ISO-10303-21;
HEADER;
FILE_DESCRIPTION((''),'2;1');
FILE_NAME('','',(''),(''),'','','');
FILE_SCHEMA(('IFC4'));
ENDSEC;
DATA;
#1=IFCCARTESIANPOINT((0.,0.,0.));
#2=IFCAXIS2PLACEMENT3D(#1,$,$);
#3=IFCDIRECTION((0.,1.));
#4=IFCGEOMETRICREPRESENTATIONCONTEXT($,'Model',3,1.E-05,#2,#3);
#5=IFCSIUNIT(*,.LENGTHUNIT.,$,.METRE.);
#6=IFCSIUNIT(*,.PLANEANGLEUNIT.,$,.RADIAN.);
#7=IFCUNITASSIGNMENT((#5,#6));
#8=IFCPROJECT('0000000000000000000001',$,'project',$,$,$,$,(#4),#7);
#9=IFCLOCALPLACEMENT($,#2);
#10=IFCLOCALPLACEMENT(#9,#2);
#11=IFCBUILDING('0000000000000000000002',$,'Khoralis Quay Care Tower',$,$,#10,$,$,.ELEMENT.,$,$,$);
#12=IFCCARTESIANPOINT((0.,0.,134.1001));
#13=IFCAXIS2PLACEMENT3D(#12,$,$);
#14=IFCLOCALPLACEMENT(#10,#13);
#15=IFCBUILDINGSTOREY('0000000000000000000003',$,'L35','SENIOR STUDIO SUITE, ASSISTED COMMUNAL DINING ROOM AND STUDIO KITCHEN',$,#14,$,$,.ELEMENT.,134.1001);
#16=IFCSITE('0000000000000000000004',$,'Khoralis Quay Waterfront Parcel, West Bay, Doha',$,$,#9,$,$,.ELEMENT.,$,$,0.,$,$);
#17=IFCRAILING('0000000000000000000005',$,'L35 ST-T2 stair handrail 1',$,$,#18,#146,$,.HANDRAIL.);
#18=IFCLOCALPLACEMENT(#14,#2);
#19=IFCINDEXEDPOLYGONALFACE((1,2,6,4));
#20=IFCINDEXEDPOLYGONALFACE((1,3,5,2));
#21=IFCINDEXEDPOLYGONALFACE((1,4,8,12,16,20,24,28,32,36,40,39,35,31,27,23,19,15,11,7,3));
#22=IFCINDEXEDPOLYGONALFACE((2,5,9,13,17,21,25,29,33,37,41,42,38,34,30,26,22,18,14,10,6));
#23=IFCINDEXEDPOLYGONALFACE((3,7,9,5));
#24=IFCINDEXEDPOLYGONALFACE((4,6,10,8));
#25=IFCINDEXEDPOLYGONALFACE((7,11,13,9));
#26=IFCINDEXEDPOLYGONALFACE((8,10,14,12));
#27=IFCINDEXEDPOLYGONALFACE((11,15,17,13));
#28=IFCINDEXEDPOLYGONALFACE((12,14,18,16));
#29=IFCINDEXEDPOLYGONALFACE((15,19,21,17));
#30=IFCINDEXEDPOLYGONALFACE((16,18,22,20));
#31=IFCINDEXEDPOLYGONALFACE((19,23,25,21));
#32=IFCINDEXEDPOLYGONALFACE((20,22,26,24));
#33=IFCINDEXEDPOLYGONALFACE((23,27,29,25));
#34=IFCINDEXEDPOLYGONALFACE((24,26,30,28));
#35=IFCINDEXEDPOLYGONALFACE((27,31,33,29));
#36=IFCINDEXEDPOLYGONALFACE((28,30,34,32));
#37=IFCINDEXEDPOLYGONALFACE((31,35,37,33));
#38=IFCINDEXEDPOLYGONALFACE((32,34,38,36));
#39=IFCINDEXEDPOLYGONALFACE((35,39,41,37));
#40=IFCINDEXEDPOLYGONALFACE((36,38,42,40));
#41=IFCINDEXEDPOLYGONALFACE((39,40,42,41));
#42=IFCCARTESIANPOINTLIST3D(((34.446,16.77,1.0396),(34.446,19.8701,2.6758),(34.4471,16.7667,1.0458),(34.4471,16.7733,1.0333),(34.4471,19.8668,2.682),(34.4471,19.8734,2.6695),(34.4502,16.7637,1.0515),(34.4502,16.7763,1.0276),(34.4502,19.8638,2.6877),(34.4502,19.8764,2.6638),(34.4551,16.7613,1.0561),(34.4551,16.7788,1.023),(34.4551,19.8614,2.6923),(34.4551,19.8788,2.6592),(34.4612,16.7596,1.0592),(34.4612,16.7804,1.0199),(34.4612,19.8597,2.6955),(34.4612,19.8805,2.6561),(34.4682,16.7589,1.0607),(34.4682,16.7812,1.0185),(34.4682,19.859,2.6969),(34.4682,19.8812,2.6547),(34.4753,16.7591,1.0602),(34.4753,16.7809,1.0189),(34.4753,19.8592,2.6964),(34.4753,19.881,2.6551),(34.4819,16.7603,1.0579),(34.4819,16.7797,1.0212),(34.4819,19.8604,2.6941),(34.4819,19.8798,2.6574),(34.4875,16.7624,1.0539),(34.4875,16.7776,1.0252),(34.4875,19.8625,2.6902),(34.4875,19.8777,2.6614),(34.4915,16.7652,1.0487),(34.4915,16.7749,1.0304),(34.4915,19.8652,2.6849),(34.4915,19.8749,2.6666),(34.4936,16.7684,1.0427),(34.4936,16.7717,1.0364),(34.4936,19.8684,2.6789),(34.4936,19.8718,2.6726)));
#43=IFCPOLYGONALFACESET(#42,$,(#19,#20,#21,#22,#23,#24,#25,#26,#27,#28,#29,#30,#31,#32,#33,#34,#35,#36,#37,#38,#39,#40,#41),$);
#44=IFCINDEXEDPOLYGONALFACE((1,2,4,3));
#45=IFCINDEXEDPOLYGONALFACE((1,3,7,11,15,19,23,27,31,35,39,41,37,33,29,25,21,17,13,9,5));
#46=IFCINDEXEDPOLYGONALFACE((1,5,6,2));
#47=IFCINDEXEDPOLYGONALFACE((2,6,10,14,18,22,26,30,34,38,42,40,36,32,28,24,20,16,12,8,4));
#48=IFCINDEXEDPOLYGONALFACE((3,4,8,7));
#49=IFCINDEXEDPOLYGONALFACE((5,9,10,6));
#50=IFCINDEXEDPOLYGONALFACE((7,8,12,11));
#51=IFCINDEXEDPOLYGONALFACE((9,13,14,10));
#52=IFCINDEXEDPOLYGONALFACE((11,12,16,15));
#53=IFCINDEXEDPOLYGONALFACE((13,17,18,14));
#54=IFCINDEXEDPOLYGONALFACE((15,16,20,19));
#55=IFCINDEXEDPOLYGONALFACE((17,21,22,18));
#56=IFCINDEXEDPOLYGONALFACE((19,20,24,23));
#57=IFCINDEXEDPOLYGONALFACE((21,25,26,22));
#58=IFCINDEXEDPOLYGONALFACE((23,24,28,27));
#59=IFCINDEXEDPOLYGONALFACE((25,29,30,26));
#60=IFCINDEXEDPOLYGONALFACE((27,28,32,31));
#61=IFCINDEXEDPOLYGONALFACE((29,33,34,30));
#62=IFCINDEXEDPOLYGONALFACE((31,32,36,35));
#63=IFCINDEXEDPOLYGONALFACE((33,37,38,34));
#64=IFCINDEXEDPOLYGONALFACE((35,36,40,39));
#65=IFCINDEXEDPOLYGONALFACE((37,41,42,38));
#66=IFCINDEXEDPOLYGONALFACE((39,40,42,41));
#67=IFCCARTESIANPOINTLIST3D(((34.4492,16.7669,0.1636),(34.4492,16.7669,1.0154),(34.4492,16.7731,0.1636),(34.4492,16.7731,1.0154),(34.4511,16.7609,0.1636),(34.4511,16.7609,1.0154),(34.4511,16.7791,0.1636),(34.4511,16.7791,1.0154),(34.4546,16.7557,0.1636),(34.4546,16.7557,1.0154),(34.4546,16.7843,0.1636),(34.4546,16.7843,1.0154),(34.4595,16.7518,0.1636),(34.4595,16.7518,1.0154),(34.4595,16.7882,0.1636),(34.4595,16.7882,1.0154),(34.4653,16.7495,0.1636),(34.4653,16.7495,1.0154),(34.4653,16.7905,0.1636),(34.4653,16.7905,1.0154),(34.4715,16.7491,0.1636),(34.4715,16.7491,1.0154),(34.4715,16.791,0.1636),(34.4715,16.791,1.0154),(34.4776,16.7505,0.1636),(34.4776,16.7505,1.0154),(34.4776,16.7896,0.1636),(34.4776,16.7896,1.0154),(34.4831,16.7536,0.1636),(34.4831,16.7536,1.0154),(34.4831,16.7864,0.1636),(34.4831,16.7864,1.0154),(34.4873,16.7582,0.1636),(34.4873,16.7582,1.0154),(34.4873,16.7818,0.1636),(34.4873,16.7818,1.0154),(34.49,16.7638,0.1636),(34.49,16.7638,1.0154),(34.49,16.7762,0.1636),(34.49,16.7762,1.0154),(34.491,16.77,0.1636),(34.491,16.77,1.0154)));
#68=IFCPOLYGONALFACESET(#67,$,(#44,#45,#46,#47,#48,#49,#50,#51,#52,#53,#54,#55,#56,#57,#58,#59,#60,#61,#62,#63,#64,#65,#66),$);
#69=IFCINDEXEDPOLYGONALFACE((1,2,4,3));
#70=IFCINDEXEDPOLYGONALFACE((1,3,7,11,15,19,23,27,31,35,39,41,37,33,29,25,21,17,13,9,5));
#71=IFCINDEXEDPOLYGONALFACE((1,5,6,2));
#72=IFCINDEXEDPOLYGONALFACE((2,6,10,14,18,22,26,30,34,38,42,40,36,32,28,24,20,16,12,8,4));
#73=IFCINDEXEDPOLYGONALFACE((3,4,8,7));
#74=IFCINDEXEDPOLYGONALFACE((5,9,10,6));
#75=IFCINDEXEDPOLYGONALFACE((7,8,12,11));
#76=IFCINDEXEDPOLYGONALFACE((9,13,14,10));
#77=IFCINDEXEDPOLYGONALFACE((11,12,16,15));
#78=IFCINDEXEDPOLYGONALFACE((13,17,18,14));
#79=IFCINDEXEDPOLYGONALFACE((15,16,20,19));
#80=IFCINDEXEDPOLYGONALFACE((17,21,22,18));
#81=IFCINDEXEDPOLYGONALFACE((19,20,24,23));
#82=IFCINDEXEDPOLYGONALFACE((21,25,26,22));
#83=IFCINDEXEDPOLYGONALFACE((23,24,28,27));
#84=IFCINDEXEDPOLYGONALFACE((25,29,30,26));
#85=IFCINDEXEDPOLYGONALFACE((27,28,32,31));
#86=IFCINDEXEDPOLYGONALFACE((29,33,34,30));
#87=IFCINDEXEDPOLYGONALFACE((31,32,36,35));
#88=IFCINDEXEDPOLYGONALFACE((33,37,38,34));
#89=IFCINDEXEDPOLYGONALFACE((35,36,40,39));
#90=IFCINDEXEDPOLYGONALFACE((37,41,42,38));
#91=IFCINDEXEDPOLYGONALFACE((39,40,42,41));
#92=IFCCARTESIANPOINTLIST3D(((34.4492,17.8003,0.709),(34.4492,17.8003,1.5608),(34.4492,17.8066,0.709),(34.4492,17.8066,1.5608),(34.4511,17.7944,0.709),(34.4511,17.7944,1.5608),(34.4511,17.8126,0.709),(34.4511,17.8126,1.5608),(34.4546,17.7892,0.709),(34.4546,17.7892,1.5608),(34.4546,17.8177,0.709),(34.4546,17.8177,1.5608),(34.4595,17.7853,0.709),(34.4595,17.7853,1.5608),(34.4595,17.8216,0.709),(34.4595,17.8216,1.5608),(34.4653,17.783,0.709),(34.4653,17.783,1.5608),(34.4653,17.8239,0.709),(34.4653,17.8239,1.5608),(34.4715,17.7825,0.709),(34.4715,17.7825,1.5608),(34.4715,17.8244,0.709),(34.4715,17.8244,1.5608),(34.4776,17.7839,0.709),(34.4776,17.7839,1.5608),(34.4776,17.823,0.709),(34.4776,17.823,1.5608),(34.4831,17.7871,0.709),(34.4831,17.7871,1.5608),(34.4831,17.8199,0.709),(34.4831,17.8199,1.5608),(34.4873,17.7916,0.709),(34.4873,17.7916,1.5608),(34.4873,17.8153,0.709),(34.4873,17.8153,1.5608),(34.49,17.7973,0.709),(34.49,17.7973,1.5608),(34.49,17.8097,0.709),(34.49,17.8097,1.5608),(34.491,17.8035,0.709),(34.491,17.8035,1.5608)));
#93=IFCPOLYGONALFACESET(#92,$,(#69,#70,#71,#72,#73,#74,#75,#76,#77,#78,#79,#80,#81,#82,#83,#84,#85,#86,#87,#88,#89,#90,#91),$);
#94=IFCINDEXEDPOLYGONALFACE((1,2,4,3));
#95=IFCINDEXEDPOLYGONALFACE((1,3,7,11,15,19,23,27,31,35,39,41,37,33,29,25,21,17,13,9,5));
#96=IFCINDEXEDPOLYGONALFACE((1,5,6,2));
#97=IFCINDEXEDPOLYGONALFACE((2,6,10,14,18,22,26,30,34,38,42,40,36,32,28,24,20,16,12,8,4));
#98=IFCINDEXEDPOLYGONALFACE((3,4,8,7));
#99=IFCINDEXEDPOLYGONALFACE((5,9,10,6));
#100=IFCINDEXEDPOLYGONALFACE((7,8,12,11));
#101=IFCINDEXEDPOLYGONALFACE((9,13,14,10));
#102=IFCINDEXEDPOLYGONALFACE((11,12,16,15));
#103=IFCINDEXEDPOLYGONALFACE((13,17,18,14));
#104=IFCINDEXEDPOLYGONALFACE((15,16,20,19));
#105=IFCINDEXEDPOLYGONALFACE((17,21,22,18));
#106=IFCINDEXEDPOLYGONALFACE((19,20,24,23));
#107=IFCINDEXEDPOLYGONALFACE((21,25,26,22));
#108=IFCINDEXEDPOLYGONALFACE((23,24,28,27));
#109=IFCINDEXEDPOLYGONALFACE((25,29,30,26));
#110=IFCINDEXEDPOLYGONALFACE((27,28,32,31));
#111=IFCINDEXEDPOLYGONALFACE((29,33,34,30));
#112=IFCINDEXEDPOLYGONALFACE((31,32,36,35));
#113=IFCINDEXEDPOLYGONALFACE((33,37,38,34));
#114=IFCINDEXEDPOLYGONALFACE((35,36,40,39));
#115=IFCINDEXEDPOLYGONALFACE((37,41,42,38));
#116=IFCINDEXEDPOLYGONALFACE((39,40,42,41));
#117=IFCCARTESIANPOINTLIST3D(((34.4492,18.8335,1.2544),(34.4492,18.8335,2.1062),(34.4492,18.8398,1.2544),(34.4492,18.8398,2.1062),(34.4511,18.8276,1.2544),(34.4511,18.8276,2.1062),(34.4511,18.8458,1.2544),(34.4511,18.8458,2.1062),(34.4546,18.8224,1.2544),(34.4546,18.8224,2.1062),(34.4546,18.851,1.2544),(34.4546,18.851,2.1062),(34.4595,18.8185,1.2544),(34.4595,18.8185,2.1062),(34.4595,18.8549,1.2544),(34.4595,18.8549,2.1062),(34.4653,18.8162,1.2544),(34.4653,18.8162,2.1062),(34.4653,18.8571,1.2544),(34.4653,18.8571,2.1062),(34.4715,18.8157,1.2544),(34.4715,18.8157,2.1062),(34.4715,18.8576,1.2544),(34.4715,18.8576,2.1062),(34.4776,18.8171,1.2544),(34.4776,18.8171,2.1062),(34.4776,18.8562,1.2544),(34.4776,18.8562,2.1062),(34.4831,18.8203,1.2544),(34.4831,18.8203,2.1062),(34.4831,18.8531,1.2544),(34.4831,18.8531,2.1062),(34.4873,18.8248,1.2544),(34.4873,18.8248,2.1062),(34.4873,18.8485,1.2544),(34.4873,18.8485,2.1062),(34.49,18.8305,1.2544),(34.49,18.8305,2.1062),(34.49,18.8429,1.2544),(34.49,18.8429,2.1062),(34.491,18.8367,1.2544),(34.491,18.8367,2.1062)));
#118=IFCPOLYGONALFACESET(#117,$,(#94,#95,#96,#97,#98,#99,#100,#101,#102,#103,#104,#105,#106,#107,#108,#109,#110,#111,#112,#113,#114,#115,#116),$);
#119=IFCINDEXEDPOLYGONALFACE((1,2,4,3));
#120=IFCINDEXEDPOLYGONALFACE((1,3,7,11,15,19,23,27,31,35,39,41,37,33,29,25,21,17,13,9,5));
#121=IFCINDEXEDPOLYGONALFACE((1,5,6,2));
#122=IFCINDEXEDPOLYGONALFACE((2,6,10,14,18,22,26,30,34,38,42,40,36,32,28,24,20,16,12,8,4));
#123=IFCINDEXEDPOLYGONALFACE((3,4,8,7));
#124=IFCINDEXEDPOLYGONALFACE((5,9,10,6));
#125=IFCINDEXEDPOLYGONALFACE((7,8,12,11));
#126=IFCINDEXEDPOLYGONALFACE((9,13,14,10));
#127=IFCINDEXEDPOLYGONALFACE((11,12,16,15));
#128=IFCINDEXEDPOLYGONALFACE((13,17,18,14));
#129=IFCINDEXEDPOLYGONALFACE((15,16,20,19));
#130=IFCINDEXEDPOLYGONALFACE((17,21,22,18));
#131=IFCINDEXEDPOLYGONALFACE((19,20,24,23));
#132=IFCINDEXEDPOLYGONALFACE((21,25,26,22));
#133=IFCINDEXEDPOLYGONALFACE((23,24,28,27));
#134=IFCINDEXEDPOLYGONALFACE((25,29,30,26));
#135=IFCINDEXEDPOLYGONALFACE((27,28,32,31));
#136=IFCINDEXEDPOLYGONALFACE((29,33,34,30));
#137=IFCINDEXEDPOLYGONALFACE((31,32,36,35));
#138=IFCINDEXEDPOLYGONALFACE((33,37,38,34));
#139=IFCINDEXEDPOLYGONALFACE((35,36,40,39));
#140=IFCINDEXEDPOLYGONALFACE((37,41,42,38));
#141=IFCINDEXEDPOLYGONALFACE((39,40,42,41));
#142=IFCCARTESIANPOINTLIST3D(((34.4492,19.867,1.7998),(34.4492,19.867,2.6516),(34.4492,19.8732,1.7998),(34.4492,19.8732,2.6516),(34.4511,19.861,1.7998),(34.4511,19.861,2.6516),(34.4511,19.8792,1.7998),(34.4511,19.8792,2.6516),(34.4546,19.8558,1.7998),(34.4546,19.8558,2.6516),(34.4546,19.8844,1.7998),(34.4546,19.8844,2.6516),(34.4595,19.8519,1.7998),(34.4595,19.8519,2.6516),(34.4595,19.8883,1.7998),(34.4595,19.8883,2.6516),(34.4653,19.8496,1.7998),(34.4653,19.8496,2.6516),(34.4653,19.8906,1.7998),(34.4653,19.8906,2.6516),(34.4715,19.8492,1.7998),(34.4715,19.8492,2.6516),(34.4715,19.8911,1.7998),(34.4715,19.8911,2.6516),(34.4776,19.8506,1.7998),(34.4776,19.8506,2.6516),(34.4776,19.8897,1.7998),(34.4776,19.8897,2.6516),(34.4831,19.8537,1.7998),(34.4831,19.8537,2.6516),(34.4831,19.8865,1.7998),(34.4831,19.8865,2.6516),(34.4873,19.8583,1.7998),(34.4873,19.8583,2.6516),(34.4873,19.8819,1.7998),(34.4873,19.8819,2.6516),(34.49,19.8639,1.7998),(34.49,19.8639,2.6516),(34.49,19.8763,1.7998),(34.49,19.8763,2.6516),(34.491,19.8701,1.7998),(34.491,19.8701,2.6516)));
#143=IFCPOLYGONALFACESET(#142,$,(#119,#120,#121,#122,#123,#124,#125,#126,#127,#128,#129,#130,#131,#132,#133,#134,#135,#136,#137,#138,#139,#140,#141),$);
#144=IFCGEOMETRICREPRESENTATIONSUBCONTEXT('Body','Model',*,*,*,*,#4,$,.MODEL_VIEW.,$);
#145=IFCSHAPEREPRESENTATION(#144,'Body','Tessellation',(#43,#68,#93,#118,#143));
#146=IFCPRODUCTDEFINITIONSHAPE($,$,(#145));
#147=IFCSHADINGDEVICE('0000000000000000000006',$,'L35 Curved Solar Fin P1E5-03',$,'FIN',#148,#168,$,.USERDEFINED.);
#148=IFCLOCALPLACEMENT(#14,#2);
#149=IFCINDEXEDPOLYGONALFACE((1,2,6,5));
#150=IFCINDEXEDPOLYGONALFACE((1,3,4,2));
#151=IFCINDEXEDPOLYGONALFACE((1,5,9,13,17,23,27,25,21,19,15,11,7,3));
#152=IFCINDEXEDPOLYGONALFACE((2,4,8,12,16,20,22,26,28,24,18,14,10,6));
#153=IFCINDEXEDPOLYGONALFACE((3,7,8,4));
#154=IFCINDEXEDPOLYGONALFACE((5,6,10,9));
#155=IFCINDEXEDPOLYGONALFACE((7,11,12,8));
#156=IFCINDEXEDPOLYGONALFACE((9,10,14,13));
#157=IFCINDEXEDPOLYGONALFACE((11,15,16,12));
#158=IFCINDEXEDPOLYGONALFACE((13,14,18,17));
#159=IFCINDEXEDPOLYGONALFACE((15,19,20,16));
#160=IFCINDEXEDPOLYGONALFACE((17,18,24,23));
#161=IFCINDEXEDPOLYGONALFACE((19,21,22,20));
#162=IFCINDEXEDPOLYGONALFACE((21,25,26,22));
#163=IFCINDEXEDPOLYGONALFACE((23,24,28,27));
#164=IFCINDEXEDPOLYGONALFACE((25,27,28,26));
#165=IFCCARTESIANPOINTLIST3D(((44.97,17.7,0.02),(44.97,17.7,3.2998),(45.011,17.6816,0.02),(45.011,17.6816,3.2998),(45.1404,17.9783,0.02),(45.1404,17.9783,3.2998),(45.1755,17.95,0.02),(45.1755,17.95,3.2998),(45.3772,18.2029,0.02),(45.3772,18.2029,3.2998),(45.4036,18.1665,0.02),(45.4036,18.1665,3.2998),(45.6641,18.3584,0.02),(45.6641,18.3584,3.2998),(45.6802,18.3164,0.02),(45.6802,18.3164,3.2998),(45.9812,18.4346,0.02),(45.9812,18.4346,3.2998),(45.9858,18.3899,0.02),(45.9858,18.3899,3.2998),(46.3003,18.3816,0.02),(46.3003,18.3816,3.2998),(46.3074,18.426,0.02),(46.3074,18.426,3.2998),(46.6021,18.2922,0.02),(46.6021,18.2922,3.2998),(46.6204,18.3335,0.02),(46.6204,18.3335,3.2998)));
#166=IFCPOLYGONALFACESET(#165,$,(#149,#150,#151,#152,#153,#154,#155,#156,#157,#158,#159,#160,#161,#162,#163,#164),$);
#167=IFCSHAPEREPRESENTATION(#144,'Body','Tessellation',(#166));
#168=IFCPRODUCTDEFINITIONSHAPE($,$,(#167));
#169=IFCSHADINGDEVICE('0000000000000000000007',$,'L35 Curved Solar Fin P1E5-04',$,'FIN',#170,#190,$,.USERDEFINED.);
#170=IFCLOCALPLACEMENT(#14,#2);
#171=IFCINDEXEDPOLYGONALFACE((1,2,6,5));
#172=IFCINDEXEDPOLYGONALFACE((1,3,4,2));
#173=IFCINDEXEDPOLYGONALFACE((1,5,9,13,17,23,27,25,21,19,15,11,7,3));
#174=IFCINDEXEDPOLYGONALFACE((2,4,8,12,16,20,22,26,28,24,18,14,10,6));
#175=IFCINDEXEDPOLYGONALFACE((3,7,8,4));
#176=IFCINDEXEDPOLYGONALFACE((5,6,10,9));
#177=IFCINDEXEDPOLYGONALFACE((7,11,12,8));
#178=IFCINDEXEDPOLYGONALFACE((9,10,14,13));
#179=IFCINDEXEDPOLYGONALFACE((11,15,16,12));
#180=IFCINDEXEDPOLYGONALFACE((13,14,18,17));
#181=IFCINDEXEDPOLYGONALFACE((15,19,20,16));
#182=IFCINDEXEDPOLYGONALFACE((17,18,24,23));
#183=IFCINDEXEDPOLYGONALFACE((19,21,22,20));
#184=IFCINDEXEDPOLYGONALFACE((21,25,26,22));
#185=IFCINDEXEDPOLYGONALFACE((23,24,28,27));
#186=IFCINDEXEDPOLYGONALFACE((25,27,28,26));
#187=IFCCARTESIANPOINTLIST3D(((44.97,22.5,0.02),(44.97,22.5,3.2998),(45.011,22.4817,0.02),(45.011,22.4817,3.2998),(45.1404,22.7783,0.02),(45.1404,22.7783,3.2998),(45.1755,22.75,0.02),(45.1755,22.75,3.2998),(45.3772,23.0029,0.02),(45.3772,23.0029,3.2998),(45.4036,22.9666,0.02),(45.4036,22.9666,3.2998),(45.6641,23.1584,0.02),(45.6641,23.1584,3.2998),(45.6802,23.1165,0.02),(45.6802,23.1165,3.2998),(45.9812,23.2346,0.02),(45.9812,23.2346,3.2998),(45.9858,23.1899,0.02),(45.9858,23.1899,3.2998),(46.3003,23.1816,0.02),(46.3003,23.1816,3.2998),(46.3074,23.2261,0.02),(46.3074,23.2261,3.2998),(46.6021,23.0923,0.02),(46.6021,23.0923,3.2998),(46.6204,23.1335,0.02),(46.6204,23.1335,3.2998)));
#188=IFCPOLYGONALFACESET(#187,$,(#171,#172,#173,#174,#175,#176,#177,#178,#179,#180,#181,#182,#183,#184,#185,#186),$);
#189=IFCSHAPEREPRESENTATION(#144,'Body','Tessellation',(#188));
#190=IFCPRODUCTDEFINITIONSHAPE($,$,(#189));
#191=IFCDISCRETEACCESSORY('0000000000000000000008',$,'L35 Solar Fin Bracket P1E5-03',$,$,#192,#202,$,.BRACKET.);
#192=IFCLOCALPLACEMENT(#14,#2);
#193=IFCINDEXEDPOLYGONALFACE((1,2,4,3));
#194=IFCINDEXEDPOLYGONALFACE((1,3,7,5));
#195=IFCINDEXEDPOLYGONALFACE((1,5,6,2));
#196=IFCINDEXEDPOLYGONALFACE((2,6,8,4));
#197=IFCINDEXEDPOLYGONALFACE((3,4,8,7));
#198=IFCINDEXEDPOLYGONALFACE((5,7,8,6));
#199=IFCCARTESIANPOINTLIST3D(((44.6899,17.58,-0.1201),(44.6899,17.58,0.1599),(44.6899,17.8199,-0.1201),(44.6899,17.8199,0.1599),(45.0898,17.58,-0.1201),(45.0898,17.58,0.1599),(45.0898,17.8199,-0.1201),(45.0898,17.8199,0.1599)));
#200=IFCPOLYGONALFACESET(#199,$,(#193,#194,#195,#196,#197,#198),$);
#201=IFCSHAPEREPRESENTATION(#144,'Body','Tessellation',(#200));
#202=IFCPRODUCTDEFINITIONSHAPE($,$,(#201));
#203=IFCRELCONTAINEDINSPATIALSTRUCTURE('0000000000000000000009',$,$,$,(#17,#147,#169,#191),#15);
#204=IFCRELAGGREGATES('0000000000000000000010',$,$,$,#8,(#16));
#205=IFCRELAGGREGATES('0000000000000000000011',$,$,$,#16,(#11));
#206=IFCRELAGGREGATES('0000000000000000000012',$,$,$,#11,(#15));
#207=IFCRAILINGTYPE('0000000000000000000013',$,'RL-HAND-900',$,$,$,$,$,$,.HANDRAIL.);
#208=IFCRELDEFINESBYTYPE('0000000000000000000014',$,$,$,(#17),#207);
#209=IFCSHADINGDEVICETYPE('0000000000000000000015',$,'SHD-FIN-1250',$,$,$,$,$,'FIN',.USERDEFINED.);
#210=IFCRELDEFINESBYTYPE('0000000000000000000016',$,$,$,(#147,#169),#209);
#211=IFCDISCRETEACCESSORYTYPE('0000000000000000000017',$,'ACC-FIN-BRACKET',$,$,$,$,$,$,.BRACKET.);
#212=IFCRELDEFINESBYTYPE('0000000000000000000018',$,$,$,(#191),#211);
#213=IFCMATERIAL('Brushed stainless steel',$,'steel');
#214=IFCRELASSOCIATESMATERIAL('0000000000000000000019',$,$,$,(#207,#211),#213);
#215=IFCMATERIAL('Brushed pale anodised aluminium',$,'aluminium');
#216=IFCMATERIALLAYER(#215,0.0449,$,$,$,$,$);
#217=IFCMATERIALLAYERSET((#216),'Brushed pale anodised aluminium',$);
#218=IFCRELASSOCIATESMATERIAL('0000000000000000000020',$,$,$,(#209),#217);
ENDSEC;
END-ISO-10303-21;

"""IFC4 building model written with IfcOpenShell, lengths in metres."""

from ifc_helpers import new_model, si_unit, direction, frame, origin, origin_2d, place, context, subcontext, project, spatial, polyline, rectangle, circle, outline, extrude, source, transform, mapped, material, layer, layer_set, type_object, element, save


model = new_model("IFC4")

# Units and contexts
model_context = context("Model", 3, precision=1e-05, world=origin(), true_north=direction((0.0, 1.0)))
body_context = subcontext(model_context, "Body", "Model", "MODEL_VIEW")
ifc_project = project(units=[si_unit("LENGTHUNIT", "METRE"), si_unit("PLANEANGLEUNIT", "RADIAN")], contexts=[model_context])

# Site, building, storey
site_placement = place(None, origin())
site = spatial("IfcSite", under=ifc_project, at=site_placement, Name="Khoralis Quay Waterfront Parcel, West Bay, Doha", CompositionType="ELEMENT", RefElevation=0.0)
building_placement = place(site_placement, origin())
building = spatial("IfcBuilding", under=site, at=building_placement, Name="Khoralis Quay Care Tower", CompositionType="ELEMENT")
storey_placement = place(building_placement, frame((0.0, 0.0, 134.1001)))
storey = spatial("IfcBuildingStorey", under=building, at=storey_placement, Name="L35", Description="SENIOR STUDIO SUITE, ASSISTED COMMUNAL DINING ROOM AND STUDIO KITCHEN", CompositionType="ELEMENT", Elevation=134.1001)

# Railing
ifc_material_1 = material(Name="Brushed stainless steel", Category="steel")
railing_type_1 = type_object("IfcRailingType", Name="RL-HAND-900", PredefinedType="HANDRAIL", material=ifc_material_1)
railing_1_placement = place(storey_placement, frame((34.47, 16.77, 0.1636)))
element("IfcRailing", 1, at=railing_1_placement, inside=storey, type_object=railing_type_1, Name="L35 ST-T2 stair handrail 1", PredefinedType="HANDRAIL", context=body_context, shape_type="SweptSolid", body=[
    extrude(circle(Radius=0.0239, at=origin_2d()), frame((0.0, 0.0, 0.876), z_axis=(0.0, 0.884377, 0.466774), x_axis=(-1.0, 0.0, 0.0)), (0.0, 0.0, 1.0), 3.5054),
    extrude(circle(Radius=0.021, at=origin_2d()), origin(), (0.0, 0.0, 1.0), 0.8518),
    extrude(circle(Radius=0.021, at=origin_2d()), frame((0.0, 1.0334, 0.5454)), (0.0, 0.0, 1.0), 0.8518),
    extrude(circle(Radius=0.021, at=origin_2d()), frame((0.0, 2.0667, 1.0908)), (0.0, 0.0, 1.0), 0.8518),
    extrude(circle(Radius=0.021, at=origin_2d()), frame((0.0, 3.1001, 1.6362)), (0.0, 0.0, 1.0), 0.8518),
])

# Shading devices
ifc_material_2 = material(Name="Brushed pale anodised aluminium", Category="aluminium")
ifc_layer_1 = layer(ifc_material_2, 0.0449)
ifc_layer_set_1 = layer_set([ifc_layer_1], Name="Brushed pale anodised aluminium")
shading_device_type = type_object("IfcShadingDeviceType", Name="SHD-FIN-1250", ElementType="FIN", PredefinedType="USERDEFINED", material=ifc_layer_set_1)
shared_shape_1 = source(origin(), body_context, "Body", "SweptSolid", [
    extrude(outline(polyline([(0.0, 0.0), (0.1704, 0.2783), (0.4072, 0.5029), (0.6941, 0.6584), (1.0112, 0.7346), (1.3374, 0.7261), (1.6504, 0.6335), (1.6321, 0.5923), (1.3303, 0.6816), (1.0159, 0.6899), (0.7102, 0.6165), (0.4336, 0.4666), (0.2056, 0.25), (0.041, -0.0183), (0.0, 0.0)])), origin(), (0.0, 0.0, 1.0), 3.2798),
])
for number, where, z_axis, x_axis, name in (
    (2, (44.97, 17.7, 0.02), (0.0, 0.0, 1.0), (1.0, 0.0, 0.0), "L35 Curved Solar Fin P1E5-03"),
    (3, (44.97, 22.5, 0.02), (0.0, 0.0, 1.0), (1.0, 0.0, 0.0), "L35 Curved Solar Fin P1E5-04"),
):
    element("IfcShadingDevice", number, at=place(storey_placement, frame(where, z_axis=z_axis, x_axis=x_axis)), inside=storey, type_object=shading_device_type, Name=name, ObjectType="FIN", PredefinedType="USERDEFINED", context=body_context, shape_type="MappedRepresentation", body=[
        mapped(shared_shape_1, transform((0.0, 0.0, 0.0), scale=1.0)),
    ])

# Discrete accessory
discrete_accessory_type = type_object("IfcDiscreteAccessoryType", Name="ACC-FIN-BRACKET", PredefinedType="BRACKET", material=ifc_material_1)
shared_shape_2 = source(origin(), body_context, "Body", "SweptSolid", [
    extrude(rectangle(XDim=0.3999, YDim=0.24, at=origin_2d()), origin(), (0.0, 0.0, 1.0), 0.28),
])
for number, where, z_axis, x_axis, name in (
    (4, (44.8899, 17.7, -0.1201), (0.0, 0.0, 1.0), (1.0, 0.0, 0.0), "L35 Solar Fin Bracket P1E5-03"),
):
    element("IfcDiscreteAccessory", number, at=place(storey_placement, frame(where, z_axis=z_axis, x_axis=x_axis)), inside=storey, type_object=discrete_accessory_type, Name=name, PredefinedType="BRACKET", context=body_context, shape_type="MappedRepresentation", body=[
        mapped(shared_shape_2, transform((0.0, 0.0, 0.0), scale=1.0)),
    ])

save(model, "model.ifc")
